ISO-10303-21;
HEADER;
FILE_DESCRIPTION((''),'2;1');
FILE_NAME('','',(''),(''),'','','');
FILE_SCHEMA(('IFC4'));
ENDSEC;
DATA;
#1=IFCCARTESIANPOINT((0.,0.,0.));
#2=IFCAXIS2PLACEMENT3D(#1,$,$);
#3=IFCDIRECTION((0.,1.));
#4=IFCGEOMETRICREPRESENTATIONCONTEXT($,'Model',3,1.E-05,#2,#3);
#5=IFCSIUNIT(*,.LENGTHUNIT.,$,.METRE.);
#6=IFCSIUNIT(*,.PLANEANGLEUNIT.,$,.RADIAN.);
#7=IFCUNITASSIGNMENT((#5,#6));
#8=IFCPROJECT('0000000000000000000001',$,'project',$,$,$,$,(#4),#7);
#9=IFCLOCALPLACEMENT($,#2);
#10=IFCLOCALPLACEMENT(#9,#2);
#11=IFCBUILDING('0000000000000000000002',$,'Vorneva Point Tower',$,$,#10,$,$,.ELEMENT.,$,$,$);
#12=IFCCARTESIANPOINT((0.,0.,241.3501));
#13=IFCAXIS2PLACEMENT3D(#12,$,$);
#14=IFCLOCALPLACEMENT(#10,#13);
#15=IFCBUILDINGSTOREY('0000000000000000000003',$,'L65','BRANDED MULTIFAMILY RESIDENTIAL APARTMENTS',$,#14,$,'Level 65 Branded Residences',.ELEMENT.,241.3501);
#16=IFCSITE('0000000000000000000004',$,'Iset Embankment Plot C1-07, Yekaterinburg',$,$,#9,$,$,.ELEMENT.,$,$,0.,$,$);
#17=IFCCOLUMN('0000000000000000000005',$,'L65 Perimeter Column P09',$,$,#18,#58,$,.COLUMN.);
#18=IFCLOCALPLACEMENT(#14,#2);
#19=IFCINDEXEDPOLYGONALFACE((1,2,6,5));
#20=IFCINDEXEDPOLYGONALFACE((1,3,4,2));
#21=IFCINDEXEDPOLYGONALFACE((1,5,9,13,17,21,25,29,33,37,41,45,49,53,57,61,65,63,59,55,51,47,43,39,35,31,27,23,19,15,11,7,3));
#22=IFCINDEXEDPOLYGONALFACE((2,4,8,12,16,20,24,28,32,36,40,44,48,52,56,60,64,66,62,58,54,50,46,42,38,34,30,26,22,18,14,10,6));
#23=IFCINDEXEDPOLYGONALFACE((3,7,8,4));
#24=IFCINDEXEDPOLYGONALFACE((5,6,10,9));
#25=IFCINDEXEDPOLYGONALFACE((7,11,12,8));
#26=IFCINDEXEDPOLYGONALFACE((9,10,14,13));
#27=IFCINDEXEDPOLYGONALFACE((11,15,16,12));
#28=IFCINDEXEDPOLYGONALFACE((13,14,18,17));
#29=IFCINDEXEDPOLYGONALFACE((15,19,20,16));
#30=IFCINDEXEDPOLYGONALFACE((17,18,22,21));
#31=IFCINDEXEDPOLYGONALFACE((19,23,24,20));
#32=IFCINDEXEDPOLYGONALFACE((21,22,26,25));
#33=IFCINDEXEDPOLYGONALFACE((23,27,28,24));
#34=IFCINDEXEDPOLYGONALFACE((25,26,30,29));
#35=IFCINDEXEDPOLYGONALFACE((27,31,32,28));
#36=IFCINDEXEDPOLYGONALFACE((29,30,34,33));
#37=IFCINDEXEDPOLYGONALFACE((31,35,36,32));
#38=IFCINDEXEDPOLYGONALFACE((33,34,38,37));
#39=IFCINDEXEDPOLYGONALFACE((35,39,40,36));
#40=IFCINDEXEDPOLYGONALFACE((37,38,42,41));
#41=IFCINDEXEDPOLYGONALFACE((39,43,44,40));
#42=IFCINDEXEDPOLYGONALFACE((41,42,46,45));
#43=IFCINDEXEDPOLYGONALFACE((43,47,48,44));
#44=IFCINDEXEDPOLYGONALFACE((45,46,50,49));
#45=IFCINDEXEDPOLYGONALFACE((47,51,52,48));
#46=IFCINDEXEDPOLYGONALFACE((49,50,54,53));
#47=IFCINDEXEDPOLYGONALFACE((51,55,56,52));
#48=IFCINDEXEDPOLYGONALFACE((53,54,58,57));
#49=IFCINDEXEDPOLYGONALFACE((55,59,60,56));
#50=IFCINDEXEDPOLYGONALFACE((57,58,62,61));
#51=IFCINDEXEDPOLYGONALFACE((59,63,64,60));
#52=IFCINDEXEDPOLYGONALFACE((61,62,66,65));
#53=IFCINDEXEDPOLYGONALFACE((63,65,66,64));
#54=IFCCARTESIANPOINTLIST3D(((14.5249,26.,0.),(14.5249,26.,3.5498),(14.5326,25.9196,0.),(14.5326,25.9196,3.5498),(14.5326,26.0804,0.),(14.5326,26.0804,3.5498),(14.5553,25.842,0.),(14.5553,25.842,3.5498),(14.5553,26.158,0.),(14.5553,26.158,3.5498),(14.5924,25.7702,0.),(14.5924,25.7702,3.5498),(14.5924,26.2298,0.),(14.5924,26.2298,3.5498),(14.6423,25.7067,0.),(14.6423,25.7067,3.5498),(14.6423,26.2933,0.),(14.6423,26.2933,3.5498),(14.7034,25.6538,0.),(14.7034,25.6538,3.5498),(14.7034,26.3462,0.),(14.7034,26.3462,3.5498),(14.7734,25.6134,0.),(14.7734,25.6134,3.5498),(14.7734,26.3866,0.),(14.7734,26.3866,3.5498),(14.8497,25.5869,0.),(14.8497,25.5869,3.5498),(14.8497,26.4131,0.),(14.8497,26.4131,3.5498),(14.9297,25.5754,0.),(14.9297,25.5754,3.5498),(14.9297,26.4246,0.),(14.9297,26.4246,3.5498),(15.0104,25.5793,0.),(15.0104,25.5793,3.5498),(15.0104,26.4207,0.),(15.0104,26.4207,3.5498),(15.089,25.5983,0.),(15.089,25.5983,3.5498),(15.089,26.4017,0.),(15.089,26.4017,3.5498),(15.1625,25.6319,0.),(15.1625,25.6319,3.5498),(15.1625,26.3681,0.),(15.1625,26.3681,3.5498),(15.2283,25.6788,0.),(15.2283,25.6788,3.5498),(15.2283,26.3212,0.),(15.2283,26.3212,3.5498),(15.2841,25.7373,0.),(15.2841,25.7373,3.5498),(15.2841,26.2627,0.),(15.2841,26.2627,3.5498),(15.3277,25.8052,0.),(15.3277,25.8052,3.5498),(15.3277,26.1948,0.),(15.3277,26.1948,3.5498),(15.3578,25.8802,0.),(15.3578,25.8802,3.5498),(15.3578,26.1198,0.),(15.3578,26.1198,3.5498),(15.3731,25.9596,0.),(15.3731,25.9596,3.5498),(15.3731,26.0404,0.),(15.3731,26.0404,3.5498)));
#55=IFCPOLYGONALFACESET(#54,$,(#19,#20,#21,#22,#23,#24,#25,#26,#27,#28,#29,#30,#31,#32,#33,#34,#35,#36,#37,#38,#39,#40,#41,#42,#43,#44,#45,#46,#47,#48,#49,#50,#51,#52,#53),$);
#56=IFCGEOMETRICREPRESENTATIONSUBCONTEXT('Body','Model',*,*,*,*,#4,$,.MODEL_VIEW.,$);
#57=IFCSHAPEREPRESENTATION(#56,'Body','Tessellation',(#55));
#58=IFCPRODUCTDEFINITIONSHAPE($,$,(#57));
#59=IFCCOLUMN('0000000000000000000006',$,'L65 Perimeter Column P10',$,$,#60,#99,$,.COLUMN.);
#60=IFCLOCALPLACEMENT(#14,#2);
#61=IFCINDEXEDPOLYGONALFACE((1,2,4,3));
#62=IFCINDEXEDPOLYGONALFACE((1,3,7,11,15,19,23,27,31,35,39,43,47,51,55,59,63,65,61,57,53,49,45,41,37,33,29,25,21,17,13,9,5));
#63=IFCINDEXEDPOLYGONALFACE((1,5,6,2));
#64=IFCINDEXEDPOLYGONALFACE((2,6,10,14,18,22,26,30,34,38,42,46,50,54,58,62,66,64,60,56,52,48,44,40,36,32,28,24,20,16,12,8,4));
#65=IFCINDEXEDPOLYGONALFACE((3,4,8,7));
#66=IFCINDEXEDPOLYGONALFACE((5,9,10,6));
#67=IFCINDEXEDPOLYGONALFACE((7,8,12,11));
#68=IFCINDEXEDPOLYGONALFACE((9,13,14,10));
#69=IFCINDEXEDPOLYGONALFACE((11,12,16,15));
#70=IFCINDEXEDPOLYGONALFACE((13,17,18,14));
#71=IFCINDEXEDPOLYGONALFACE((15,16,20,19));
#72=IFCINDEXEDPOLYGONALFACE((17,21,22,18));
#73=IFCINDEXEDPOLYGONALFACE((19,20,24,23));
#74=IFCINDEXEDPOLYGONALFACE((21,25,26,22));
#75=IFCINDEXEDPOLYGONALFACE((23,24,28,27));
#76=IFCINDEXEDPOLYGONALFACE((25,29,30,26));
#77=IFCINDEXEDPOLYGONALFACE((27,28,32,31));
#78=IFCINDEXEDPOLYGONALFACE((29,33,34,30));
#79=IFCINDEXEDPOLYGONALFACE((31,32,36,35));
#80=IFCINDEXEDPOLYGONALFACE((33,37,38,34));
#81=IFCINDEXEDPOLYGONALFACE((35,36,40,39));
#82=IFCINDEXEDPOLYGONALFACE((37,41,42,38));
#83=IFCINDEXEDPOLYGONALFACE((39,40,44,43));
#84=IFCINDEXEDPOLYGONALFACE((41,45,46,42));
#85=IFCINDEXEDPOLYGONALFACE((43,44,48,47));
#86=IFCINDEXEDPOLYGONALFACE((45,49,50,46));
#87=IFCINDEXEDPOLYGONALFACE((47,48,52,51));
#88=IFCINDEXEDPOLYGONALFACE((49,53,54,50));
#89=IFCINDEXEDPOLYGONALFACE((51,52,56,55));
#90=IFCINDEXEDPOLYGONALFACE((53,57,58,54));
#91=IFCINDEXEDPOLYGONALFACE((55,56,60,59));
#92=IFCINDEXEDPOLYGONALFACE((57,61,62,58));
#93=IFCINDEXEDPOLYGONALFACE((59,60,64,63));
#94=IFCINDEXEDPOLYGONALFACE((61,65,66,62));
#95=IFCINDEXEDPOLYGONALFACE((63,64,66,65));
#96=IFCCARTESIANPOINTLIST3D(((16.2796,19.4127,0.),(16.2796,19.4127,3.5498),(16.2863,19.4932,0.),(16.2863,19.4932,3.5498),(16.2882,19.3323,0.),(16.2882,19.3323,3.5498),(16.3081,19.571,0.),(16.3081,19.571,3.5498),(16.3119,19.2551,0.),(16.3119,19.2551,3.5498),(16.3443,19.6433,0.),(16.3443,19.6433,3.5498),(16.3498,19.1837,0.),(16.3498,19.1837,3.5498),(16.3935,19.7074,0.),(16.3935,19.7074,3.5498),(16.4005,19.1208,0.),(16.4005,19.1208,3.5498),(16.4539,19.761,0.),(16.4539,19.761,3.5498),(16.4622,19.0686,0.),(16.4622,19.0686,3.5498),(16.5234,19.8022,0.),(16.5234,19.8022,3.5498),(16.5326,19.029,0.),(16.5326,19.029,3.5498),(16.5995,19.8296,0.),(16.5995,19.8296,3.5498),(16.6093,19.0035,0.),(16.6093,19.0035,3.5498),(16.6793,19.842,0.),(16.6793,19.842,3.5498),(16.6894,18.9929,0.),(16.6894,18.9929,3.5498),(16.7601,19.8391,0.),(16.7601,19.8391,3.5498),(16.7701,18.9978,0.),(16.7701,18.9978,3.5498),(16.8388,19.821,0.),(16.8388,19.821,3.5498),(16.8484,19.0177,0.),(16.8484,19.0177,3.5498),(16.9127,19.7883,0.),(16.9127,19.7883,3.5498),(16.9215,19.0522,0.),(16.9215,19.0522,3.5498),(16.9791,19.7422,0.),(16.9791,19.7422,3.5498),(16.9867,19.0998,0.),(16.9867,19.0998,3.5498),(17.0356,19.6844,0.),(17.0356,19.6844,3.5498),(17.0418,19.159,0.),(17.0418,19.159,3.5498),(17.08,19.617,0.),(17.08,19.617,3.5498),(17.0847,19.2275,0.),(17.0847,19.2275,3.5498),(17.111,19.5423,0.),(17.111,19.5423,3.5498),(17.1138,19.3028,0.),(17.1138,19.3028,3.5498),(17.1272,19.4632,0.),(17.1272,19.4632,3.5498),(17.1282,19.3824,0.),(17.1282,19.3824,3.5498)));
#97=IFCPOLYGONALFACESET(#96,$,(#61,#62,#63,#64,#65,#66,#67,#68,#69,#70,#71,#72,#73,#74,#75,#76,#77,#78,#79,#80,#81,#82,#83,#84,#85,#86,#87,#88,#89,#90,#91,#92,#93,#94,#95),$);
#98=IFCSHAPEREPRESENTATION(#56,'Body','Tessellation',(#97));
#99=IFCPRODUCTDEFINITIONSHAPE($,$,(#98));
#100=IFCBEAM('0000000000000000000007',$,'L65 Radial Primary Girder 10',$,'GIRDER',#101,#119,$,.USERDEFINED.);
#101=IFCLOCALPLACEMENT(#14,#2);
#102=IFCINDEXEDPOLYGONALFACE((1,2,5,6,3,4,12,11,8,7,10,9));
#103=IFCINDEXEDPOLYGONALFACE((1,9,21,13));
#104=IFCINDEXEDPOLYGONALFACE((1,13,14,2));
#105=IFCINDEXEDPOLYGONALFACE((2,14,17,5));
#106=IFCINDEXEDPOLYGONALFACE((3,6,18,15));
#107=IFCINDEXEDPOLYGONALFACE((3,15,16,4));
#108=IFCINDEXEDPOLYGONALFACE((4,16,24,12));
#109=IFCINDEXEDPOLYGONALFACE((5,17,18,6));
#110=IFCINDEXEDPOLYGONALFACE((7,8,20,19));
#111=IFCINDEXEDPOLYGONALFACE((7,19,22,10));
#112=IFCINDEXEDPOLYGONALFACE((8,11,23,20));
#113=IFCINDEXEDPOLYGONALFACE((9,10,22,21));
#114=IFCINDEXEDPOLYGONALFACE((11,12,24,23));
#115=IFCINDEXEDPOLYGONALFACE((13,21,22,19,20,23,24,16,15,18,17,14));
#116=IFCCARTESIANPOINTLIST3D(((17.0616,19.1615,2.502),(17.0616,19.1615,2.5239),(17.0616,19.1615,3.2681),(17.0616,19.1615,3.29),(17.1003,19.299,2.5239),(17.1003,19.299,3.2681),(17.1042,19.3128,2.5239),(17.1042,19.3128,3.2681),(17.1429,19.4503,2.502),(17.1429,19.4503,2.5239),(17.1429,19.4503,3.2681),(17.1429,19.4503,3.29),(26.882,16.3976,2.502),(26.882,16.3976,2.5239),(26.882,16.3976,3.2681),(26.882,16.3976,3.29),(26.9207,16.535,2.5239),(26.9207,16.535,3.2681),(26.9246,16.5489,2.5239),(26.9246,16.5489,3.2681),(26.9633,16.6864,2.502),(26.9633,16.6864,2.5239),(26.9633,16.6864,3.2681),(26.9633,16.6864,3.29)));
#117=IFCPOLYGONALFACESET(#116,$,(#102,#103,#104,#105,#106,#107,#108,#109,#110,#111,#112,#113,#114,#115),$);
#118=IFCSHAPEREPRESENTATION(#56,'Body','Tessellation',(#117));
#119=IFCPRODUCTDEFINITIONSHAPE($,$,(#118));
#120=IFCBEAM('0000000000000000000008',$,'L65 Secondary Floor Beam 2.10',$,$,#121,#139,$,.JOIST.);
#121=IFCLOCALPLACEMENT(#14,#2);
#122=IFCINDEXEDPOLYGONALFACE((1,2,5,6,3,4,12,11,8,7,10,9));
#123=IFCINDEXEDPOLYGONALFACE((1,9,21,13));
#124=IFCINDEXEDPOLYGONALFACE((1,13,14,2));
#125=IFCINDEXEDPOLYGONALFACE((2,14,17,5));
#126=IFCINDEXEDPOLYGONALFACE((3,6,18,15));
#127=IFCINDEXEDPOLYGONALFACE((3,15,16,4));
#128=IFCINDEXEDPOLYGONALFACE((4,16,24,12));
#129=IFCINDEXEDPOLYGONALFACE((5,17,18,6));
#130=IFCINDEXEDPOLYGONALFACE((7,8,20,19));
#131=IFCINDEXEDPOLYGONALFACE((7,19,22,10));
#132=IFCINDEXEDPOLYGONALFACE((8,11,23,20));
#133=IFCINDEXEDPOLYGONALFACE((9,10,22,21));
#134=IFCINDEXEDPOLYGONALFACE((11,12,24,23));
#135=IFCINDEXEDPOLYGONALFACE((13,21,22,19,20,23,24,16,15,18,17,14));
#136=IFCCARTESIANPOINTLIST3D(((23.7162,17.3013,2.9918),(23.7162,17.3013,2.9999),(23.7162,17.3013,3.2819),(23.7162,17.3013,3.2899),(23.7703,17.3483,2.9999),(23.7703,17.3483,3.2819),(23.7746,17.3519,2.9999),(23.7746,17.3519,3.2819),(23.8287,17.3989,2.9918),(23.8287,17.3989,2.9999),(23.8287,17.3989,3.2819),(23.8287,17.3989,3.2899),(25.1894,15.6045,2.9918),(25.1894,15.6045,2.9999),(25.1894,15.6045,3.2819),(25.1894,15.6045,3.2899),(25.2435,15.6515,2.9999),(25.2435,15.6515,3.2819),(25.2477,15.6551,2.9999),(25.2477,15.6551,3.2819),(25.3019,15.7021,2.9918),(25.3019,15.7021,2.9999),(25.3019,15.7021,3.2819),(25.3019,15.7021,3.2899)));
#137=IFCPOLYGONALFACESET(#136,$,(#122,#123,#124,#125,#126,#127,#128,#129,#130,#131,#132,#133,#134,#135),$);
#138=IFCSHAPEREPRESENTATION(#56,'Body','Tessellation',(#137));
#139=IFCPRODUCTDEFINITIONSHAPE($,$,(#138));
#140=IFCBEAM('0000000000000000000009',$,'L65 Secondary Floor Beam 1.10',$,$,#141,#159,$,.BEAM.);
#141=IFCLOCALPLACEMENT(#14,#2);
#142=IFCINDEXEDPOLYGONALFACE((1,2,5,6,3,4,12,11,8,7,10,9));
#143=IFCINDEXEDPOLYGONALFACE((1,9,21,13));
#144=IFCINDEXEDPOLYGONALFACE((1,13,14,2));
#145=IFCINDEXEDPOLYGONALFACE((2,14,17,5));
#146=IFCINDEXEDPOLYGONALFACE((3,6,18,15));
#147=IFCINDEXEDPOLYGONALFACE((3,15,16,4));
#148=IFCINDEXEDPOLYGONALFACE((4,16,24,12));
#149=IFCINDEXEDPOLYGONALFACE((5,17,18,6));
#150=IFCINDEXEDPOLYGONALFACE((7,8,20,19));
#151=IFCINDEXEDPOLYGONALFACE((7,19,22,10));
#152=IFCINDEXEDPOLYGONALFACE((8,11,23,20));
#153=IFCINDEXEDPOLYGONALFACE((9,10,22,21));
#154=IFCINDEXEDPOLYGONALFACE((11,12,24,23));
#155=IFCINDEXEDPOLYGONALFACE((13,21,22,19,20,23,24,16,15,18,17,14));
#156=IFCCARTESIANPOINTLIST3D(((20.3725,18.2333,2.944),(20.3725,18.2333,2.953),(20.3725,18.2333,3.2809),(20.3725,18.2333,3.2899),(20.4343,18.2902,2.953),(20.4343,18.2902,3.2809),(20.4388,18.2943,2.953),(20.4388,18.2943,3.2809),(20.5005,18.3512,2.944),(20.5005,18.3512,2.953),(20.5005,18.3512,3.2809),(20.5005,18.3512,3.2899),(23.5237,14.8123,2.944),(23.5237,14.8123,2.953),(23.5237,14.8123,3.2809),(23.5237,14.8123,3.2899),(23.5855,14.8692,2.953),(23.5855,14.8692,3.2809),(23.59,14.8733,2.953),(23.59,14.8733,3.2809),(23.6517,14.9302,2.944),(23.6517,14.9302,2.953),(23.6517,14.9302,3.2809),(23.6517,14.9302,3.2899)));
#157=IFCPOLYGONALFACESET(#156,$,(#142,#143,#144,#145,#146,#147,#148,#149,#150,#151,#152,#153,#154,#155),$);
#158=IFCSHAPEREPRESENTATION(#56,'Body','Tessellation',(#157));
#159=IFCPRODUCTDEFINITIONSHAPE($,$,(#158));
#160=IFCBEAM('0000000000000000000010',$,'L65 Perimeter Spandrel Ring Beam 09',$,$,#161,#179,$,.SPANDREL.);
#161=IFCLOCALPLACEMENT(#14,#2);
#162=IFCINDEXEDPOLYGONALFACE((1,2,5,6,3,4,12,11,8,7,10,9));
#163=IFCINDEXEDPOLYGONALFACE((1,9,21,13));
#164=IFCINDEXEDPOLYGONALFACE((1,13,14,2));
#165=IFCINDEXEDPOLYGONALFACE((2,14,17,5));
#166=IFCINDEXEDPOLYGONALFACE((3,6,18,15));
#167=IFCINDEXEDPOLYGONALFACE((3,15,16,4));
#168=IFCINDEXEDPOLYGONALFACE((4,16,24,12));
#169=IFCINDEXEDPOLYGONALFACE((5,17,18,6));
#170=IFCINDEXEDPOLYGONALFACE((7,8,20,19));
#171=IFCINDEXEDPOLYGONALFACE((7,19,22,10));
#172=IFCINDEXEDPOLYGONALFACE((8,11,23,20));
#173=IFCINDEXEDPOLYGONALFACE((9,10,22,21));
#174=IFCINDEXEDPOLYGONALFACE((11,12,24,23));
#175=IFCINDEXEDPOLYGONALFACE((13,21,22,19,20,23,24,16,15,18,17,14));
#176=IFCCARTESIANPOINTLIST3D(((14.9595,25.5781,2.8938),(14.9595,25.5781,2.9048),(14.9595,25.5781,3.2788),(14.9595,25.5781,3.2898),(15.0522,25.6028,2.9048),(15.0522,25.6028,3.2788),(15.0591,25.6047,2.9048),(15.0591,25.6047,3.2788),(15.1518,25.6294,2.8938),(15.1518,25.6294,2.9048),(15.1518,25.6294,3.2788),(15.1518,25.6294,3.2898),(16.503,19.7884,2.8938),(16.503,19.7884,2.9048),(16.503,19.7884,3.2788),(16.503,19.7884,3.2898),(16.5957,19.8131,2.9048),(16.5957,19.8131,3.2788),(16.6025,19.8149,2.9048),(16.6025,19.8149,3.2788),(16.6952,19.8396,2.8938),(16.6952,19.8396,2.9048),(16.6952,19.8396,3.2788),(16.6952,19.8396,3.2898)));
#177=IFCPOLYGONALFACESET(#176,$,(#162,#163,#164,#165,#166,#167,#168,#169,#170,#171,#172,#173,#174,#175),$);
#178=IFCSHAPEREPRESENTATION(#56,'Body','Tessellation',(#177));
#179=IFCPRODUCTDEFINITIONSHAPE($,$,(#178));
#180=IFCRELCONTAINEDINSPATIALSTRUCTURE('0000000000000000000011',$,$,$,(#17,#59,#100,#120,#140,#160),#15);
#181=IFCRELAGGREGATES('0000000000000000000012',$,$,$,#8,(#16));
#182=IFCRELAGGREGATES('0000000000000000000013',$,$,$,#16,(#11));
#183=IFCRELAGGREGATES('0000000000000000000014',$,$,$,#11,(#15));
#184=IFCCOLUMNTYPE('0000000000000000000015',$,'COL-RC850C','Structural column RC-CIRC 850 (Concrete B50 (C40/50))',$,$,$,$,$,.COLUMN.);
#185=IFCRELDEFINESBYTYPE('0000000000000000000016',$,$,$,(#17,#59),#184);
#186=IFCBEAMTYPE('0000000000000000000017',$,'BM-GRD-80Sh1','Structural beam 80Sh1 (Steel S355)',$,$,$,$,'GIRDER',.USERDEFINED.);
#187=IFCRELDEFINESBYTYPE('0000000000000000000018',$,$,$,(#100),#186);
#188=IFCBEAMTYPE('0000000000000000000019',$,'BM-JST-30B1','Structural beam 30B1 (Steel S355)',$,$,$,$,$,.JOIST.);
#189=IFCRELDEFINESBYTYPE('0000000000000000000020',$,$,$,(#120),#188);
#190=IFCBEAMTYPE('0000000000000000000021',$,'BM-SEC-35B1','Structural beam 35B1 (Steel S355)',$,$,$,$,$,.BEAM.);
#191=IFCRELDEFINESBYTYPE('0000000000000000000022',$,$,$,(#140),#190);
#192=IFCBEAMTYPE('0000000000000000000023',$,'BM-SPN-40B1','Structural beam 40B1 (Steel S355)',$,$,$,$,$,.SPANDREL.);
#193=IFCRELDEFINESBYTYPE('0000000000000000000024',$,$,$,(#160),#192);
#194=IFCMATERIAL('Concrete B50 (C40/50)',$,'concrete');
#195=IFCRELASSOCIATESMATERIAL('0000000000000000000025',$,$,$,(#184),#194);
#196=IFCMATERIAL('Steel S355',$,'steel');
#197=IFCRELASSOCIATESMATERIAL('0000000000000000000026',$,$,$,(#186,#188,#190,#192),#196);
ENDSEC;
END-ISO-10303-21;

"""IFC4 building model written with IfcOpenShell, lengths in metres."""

from ifc_helpers import new_model, si_unit, direction, frame, origin, origin_2d, place, context, subcontext, project, spatial, circle, i_section, extrude, material, material_profile, profile_set, type_object, element, save


model = new_model("IFC4")

# Units and contexts
model_context = context("Model", 3, precision=1e-05, world=origin(), true_north=direction((0.0, 1.0)))
body_context = subcontext(model_context, "Body", "Model", "MODEL_VIEW")
ifc_project = project(units=[si_unit("LENGTHUNIT", "METRE"), si_unit("PLANEANGLEUNIT", "RADIAN")], contexts=[model_context])

# Site, building, storey
site_placement = place(None, origin())
site = spatial("IfcSite", under=ifc_project, at=site_placement, Name="Iset Embankment Plot C1-07, Yekaterinburg", CompositionType="ELEMENT", RefElevation=0.0)
building_placement = place(site_placement, origin())
building = spatial("IfcBuilding", under=site, at=building_placement, Name="Vorneva Point Tower", CompositionType="ELEMENT")
storey_placement = place(building_placement, frame((0.0, 0.0, 241.3501)))
storey = spatial("IfcBuildingStorey", under=building, at=storey_placement, Name="L65", Description="BRANDED MULTIFAMILY RESIDENTIAL APARTMENTS", LongName="Level 65 Branded Residences", CompositionType="ELEMENT", Elevation=241.3501)

# Columns
ifc_material_1 = material(Name="Concrete B50 (C40/50)", Category="concrete")
ifc_material_profile_1 = material_profile(ifc_material_1, circle(Radius=0.425, at=origin_2d()), Name="RC-CIRC 850")
ifc_profile_set_1 = profile_set([ifc_material_profile_1], Name="Concrete B50 (C40/50)")
column_type = type_object("IfcColumnType", Name="COL-RC850C", Description="Structural column RC-CIRC 850 (Concrete B50 (C40/50))", PredefinedType="COLUMN", material=ifc_profile_set_1)
for number, where, z_axis, x_axis, name in (
    (1, (14.95, 26.0, 0.0), (0.0, 0.0, 1.0), (-1.0, 0.0, 0.0), "L65 Perimeter Column P09"),
    (2, (16.7046, 19.4177, 0.0), (0.0, 0.0, 1.0), (-0.92388, -0.382683, 0.0), "L65 Perimeter Column P10"),
):
    element("IfcColumn", number, at=place(storey_placement, frame(where, z_axis=z_axis, x_axis=x_axis)), inside=storey, type_object=column_type, Name=name, PredefinedType="COLUMN", context=body_context, shape_type="SweptSolid", body=[
        extrude(circle(Radius=0.425, at=origin_2d()), origin(), (0.0, 0.0, 1.0), 3.5498),
    ])

# Beams
ifc_material_2 = material(Name="Steel S355", Category="steel")
ifc_material_profile_2 = material_profile(ifc_material_2, i_section(OverallWidth=0.3, OverallDepth=0.7881, WebThickness=0.0144, FlangeThickness=0.022, at=origin_2d()), Name="80Sh1")
ifc_profile_set_2 = profile_set([ifc_material_profile_2], Name="Steel S355")
beam_type_1 = type_object("IfcBeamType", Name="BM-GRD-80Sh1", Description="Structural beam 80Sh1 (Steel S355)", ElementType="GIRDER", PredefinedType="USERDEFINED", material=ifc_profile_set_2)
beam_1_placement = place(storey_placement, frame((17.1023, 19.3059, 2.896), z_axis=(0.962601, -0.270923, 0.0), x_axis=(0.270923, 0.962601, 0.0)))
element("IfcBeam", 3, at=beam_1_placement, inside=storey, type_object=beam_type_1, Name="L65 Radial Primary Girder 10", ObjectType="GIRDER", PredefinedType="USERDEFINED", context=body_context, shape_type="SweptSolid", body=[
    extrude(i_section(OverallWidth=0.3, OverallDepth=0.7881, WebThickness=0.0144, FlangeThickness=0.022, at=origin_2d()), origin(), (0.0, 0.0, 1.0), 10.2019),
])
ifc_material_profile_3 = material_profile(ifc_material_2, i_section(OverallWidth=0.1489, OverallDepth=0.2981, WebThickness=0.0056, FlangeThickness=0.0081, at=origin_2d()), Name="30B1")
ifc_profile_set_3 = profile_set([ifc_material_profile_3], Name="Steel S355")
beam_type_2 = type_object("IfcBeamType", Name="BM-JST-30B1", Description="Structural beam 30B1 (Steel S355)", PredefinedType="JOIST", material=ifc_profile_set_3)
beam_2_placement = place(storey_placement, frame((23.7725, 17.3501, 3.1409), z_axis=(0.655592, -0.755115, 0.0), x_axis=(0.755115, 0.655592, 0.0)))
element("IfcBeam", 4, at=beam_2_placement, inside=storey, type_object=beam_type_2, Name="L65 Secondary Floor Beam 2.10", PredefinedType="JOIST", context=body_context, shape_type="SweptSolid", body=[
    extrude(i_section(OverallWidth=0.1489, OverallDepth=0.2981, WebThickness=0.0056, FlangeThickness=0.0081, at=origin_2d()), origin(), (0.0, 0.0, 1.0), 2.2471),
])
ifc_material_profile_4 = material_profile(ifc_material_2, i_section(OverallWidth=0.1741, OverallDepth=0.3459, WebThickness=0.0061, FlangeThickness=0.009, at=origin_2d()), Name="35B1")
ifc_profile_set_4 = profile_set([ifc_material_profile_4], Name="Steel S355")
beam_type_3 = type_object("IfcBeamType", Name="BM-SEC-35B1", Description="Structural beam 35B1 (Steel S355)", PredefinedType="BEAM", material=ifc_profile_set_4)
beam_3_placement = place(storey_placement, frame((20.4365, 18.2922, 3.1169), z_axis=(0.67751, -0.735513, 0.0), x_axis=(0.735513, 0.67751, 0.0)))
element("IfcBeam", 5, at=beam_3_placement, inside=storey, type_object=beam_type_3, Name="L65 Secondary Floor Beam 1.10", PredefinedType="BEAM", context=body_context, shape_type="SweptSolid", body=[
    extrude(i_section(OverallWidth=0.1741, OverallDepth=0.3459, WebThickness=0.0061, FlangeThickness=0.009, at=origin_2d()), origin(), (0.0, 0.0, 1.0), 4.6511),
])
ifc_material_profile_5 = material_profile(ifc_material_2, i_section(OverallWidth=0.199, OverallDepth=0.396, WebThickness=0.0071, FlangeThickness=0.011, at=origin_2d()), Name="40B1")
ifc_profile_set_5 = profile_set([ifc_material_profile_5], Name="Steel S355")
beam_type_4 = type_object("IfcBeamType", Name="BM-SPN-40B1", Description="Structural beam 40B1 (Steel S355)", PredefinedType="SPANDREL", material=ifc_profile_set_5)
beam_4_placement = place(storey_placement, frame((15.0557, 25.6038, 3.0918), z_axis=(0.257587, -0.966255, 0.0), x_axis=(0.966255, 0.257587, 0.0)))
element("IfcBeam", 6, at=beam_4_placement, inside=storey, type_object=beam_type_4, Name="L65 Perimeter Spandrel Ring Beam 09", PredefinedType="SPANDREL", context=body_context, shape_type="SweptSolid", body=[
    extrude(i_section(OverallWidth=0.199, OverallDepth=0.396, WebThickness=0.0071, FlangeThickness=0.011, at=origin_2d()), origin(), (0.0, 0.0, 1.0), 5.9919),
])

save(model, "model.ifc")
